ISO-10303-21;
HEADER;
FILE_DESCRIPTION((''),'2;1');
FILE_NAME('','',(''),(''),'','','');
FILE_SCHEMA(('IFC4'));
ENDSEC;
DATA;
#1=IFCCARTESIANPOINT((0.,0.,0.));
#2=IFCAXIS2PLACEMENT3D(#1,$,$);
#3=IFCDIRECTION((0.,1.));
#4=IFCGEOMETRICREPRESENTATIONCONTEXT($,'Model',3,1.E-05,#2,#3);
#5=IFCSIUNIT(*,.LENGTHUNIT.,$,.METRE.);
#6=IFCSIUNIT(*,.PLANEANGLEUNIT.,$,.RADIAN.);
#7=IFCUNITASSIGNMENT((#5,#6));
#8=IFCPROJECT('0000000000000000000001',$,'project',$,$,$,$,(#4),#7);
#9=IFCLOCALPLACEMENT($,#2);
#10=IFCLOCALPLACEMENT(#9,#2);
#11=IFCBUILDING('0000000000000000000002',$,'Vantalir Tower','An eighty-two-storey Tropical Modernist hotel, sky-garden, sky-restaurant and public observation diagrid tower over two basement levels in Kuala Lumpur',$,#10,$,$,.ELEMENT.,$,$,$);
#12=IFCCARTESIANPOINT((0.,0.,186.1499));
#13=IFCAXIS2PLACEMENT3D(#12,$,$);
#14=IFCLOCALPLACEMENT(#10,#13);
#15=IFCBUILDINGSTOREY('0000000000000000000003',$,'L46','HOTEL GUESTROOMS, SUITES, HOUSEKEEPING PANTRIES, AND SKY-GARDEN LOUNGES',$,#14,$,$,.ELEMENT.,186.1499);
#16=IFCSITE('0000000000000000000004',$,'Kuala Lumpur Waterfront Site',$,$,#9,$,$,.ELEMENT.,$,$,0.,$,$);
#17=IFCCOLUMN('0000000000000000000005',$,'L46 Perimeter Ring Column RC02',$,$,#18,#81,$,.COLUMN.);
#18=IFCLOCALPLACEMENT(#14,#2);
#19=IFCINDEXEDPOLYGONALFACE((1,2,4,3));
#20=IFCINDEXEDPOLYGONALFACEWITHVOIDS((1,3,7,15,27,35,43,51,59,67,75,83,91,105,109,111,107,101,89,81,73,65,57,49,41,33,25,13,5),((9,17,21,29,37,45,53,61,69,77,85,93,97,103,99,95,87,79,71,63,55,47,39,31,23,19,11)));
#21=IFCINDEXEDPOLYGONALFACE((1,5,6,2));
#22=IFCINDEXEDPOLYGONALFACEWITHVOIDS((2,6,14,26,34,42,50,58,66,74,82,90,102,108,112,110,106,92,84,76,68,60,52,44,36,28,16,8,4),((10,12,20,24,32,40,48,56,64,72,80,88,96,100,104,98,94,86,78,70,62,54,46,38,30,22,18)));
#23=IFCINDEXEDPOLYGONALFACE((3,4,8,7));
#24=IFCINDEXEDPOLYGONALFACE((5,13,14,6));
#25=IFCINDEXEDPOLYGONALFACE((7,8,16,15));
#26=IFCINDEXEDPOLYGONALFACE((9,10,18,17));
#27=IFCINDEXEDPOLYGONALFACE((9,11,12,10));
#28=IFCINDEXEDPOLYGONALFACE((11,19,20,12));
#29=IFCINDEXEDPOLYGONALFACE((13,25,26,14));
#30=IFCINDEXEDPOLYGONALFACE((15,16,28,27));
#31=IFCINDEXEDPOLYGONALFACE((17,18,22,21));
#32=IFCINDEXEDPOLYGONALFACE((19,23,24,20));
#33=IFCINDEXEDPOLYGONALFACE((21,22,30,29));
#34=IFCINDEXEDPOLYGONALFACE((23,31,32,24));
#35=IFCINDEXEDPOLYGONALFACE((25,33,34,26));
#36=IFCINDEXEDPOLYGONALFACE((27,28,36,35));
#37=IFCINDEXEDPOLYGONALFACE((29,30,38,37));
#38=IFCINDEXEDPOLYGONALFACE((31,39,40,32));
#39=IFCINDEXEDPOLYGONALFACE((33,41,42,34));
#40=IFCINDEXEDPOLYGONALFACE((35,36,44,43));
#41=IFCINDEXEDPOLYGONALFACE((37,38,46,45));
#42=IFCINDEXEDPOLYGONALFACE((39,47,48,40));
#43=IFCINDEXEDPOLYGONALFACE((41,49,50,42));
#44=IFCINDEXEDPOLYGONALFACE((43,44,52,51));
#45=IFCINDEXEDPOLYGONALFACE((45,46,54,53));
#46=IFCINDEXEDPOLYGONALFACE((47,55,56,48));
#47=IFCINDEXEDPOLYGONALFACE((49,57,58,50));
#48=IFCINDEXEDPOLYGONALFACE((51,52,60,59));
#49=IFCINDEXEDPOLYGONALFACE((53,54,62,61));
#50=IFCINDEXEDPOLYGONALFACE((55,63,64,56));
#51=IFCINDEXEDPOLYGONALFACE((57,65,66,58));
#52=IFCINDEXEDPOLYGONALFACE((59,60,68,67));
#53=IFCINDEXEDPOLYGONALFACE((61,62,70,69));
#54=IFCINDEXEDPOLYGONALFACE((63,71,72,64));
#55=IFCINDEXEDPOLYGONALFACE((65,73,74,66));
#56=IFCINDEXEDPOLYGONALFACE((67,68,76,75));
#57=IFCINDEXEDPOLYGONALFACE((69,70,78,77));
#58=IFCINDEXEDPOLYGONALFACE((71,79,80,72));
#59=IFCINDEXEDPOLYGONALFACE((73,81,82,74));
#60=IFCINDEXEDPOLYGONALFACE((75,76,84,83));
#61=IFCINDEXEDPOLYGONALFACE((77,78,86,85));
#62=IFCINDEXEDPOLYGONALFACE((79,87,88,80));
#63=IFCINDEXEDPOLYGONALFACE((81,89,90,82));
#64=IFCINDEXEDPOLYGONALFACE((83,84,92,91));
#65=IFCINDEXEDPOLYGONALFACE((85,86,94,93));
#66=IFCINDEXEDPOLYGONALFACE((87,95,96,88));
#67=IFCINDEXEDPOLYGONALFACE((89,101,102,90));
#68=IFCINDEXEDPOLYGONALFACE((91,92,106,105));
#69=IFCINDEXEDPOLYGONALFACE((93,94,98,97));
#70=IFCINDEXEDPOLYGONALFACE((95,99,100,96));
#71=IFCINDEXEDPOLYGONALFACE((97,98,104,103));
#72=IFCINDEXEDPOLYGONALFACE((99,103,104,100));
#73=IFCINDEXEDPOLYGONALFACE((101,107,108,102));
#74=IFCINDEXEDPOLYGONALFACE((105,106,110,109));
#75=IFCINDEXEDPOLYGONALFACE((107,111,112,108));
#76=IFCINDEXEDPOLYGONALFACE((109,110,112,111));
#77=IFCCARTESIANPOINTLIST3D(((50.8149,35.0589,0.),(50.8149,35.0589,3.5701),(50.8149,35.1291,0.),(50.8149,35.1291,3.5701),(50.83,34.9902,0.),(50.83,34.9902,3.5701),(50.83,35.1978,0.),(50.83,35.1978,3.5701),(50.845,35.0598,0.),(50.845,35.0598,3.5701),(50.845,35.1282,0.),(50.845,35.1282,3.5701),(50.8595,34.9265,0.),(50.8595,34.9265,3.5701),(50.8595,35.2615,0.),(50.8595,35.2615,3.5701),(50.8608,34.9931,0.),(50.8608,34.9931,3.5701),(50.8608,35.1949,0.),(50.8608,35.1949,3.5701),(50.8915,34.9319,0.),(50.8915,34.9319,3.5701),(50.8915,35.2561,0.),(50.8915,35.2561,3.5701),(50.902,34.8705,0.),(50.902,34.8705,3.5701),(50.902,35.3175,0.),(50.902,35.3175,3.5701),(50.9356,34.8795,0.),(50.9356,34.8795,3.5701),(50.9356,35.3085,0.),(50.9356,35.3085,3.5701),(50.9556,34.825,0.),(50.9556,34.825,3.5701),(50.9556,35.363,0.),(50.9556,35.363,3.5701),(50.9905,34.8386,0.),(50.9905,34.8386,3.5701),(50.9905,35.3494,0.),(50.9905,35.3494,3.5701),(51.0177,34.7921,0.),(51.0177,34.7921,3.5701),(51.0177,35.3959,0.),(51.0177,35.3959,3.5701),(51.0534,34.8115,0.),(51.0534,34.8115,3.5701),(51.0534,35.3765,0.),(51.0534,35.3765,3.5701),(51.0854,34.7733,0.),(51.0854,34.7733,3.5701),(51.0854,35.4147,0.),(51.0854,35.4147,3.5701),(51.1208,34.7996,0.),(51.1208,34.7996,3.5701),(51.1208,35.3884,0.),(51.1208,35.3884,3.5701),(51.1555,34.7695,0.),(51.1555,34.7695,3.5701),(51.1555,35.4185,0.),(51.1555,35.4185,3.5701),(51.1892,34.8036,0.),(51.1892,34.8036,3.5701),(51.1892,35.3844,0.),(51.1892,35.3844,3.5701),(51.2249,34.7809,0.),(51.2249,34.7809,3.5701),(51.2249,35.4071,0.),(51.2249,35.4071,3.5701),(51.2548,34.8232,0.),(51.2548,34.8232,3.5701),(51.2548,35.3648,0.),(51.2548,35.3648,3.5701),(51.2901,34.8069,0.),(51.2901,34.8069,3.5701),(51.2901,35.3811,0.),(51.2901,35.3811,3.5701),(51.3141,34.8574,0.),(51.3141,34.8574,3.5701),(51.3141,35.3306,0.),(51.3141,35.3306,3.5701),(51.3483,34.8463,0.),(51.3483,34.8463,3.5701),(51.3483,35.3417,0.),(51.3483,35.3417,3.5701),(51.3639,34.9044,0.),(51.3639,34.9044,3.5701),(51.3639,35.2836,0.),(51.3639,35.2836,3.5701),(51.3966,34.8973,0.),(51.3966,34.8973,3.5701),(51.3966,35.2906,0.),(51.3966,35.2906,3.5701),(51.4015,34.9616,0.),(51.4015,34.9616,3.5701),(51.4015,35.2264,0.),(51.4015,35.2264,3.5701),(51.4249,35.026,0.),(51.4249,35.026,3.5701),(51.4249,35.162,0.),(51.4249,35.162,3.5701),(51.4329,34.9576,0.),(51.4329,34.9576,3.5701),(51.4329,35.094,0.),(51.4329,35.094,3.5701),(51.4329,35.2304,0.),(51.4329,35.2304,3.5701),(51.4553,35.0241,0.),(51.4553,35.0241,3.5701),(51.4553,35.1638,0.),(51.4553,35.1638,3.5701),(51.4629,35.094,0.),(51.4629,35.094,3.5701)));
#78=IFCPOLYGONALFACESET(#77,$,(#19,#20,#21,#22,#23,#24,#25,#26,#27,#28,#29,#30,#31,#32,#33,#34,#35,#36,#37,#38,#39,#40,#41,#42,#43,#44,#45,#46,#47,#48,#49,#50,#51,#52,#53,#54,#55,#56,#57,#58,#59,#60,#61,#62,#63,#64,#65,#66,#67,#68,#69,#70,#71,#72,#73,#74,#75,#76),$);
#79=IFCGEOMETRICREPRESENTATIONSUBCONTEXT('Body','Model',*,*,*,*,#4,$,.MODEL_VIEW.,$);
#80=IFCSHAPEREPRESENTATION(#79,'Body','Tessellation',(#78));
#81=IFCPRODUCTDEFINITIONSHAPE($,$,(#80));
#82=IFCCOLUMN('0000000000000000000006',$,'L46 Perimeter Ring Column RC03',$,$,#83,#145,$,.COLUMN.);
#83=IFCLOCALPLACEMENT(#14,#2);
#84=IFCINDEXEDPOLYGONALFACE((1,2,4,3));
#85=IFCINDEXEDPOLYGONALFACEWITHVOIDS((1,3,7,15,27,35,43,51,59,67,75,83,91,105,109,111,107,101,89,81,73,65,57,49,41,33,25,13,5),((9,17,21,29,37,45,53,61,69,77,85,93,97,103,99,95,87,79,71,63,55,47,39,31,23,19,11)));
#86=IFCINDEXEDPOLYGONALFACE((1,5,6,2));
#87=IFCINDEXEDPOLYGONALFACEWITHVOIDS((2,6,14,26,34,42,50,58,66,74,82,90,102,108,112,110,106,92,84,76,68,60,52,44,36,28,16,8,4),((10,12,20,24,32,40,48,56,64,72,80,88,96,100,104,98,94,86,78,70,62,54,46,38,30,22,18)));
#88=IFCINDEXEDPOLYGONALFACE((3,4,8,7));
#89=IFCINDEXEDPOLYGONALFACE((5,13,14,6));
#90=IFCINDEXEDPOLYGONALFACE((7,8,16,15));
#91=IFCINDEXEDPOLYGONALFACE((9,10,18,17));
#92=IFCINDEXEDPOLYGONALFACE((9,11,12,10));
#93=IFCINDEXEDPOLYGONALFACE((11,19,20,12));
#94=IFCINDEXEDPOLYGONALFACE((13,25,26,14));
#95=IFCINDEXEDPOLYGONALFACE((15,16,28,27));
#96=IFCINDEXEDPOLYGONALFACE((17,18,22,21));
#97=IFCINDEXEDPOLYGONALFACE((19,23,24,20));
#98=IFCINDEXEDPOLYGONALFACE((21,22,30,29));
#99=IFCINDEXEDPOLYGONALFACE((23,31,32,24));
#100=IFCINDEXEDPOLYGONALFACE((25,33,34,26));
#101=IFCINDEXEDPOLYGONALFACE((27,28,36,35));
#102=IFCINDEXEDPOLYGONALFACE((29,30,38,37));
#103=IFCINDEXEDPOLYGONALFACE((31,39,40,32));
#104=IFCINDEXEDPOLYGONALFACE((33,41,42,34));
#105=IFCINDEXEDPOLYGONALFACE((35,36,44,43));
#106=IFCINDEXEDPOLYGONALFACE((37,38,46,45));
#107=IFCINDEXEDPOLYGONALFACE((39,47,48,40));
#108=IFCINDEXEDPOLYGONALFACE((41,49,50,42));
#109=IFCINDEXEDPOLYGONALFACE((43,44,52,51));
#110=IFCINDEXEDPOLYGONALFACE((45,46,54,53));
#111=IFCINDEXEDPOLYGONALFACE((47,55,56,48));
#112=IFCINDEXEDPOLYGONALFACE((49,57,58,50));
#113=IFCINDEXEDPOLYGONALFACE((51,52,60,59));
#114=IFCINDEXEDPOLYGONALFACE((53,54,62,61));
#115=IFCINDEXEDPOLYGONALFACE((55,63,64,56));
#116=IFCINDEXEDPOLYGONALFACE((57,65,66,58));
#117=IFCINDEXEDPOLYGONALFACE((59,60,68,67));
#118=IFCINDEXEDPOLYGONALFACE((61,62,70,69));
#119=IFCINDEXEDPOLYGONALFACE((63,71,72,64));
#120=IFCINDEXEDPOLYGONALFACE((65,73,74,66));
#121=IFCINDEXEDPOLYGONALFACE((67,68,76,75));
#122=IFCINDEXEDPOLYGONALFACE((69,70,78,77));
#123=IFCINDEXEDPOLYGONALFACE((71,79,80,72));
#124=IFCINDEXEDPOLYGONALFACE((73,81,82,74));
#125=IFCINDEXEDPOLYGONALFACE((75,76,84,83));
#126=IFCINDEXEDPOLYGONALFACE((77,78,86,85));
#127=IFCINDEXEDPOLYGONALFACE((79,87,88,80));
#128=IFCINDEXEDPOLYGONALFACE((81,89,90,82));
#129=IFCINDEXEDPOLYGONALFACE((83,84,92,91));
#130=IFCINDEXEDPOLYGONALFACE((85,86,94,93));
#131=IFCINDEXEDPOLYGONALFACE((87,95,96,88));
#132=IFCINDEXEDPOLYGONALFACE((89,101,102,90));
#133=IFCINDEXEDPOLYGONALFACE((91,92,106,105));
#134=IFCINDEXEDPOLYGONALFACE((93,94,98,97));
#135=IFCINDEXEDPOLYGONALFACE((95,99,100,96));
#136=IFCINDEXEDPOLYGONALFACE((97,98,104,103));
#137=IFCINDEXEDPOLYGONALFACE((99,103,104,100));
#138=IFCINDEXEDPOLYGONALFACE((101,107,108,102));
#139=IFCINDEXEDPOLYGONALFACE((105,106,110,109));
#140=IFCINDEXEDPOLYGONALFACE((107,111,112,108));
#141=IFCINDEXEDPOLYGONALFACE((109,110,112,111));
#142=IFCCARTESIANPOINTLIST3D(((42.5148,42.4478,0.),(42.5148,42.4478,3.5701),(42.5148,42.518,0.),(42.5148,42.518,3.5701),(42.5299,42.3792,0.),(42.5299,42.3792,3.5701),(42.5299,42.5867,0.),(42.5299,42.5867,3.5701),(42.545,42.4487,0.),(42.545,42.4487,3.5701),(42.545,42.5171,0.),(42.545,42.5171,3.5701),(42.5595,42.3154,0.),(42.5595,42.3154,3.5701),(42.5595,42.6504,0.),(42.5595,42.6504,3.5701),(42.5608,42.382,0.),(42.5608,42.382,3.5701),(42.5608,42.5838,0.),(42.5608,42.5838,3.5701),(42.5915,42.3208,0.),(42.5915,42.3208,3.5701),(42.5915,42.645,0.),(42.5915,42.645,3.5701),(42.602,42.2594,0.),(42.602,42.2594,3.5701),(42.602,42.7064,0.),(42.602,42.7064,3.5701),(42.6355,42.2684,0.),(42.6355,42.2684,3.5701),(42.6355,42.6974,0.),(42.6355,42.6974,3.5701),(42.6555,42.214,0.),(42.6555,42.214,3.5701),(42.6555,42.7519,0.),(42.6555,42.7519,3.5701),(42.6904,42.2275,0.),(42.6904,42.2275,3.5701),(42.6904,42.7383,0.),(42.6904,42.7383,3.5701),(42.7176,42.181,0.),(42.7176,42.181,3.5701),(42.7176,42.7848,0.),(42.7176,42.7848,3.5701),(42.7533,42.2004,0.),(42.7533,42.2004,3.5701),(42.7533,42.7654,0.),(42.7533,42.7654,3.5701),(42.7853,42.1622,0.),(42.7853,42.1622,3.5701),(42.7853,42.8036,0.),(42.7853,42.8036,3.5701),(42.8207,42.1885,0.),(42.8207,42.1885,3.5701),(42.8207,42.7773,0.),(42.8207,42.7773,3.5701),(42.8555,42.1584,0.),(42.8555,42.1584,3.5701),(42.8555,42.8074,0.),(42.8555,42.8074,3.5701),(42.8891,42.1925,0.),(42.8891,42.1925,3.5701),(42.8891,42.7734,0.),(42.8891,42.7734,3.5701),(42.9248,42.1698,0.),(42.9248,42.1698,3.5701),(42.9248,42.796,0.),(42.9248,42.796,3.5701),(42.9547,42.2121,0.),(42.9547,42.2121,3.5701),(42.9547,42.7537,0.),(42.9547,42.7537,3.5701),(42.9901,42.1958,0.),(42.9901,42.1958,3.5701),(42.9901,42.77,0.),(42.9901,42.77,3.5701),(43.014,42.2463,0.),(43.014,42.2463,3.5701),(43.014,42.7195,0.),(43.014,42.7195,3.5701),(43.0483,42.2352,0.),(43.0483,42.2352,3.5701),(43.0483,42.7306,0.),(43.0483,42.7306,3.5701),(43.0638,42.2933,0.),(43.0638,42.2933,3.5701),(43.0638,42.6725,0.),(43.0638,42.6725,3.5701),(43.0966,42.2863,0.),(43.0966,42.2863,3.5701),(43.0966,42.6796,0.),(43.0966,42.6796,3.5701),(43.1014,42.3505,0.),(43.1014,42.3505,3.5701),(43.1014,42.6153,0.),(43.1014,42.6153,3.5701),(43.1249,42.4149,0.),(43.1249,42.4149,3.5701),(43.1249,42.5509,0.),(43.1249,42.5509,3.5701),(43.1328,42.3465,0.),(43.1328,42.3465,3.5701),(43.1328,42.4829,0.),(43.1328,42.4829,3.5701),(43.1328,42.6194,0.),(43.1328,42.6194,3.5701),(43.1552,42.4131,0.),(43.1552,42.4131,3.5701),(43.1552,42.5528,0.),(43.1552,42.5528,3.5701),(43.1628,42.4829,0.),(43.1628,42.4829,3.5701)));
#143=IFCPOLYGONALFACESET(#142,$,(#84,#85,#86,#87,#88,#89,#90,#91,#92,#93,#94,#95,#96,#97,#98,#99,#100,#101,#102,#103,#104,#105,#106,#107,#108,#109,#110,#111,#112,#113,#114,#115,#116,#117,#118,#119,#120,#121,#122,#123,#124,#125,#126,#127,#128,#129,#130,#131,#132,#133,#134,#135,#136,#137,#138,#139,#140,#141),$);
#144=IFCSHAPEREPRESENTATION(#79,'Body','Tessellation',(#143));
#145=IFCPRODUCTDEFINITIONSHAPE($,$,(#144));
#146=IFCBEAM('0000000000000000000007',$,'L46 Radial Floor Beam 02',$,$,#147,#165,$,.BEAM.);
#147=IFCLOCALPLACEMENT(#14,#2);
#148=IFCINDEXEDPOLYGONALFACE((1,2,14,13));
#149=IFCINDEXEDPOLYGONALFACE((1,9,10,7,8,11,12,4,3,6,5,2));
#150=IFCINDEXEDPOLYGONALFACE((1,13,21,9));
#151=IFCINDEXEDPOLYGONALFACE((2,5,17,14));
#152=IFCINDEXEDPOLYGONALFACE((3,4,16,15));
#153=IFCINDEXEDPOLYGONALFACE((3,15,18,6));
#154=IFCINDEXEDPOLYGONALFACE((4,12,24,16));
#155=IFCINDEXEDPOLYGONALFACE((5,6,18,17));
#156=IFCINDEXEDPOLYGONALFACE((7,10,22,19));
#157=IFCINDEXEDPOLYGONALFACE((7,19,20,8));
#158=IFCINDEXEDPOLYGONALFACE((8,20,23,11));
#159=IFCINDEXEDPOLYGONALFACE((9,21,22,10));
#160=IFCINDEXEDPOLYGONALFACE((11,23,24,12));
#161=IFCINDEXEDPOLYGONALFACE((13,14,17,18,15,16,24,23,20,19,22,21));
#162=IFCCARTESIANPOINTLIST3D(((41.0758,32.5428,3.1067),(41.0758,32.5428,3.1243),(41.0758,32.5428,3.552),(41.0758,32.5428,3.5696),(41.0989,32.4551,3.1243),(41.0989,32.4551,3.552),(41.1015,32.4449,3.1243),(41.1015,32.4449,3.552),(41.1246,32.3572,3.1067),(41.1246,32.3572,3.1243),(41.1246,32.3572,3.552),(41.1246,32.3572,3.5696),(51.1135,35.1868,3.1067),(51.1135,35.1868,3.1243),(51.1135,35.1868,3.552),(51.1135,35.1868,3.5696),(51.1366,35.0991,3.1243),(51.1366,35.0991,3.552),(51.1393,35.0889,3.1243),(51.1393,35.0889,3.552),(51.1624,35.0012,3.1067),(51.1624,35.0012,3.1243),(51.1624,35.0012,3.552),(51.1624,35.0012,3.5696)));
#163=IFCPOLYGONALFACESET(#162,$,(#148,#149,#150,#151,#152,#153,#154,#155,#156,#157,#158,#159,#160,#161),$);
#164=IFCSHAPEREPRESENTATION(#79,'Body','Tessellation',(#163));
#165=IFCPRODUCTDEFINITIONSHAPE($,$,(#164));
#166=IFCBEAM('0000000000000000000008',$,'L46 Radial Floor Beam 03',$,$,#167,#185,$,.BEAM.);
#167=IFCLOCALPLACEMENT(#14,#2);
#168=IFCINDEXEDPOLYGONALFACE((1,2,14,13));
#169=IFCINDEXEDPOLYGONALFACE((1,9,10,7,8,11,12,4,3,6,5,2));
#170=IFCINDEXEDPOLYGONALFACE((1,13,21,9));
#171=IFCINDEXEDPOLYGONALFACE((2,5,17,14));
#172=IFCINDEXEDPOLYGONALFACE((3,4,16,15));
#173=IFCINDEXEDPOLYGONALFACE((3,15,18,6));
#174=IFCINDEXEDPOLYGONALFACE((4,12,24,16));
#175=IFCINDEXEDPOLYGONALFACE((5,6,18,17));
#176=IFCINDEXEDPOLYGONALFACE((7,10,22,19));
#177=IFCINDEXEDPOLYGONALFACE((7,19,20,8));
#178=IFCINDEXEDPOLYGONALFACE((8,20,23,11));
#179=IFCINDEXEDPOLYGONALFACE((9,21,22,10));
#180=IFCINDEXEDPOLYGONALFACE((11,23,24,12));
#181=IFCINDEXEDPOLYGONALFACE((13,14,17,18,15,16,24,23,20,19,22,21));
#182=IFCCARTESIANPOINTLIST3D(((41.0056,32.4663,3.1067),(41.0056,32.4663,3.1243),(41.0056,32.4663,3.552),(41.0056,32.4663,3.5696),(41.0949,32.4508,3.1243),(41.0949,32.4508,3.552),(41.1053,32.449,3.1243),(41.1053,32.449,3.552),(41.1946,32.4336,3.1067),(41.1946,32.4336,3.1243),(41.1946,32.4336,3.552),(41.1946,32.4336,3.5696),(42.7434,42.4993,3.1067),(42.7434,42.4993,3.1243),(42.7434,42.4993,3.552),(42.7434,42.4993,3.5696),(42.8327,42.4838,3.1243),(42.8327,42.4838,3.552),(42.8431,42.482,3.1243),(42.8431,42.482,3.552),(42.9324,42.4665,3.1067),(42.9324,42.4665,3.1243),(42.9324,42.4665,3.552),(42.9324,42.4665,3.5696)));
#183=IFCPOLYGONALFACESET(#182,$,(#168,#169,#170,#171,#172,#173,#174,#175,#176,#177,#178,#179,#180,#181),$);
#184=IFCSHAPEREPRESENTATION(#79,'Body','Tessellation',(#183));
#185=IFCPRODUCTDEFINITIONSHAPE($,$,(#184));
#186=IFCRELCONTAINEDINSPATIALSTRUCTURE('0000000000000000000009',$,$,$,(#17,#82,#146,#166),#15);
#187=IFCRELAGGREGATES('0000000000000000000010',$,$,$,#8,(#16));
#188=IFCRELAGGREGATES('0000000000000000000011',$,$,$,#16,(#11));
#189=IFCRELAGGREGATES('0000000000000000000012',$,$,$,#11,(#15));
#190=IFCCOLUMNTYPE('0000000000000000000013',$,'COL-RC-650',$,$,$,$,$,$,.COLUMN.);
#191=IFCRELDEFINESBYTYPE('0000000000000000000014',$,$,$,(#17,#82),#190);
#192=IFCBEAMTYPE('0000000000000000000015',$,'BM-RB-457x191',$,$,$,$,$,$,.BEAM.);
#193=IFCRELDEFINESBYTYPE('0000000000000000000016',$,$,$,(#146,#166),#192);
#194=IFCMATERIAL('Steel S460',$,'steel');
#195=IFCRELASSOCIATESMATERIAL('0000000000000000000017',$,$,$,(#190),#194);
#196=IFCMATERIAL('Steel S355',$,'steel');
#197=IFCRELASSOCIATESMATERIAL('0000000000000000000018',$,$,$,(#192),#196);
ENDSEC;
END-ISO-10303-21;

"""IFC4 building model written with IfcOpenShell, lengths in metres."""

from ifc_helpers import new_model, si_unit, direction, frame, origin, origin_2d, place, context, subcontext, project, spatial, hollow_circle, i_section, extrude, material, material_profile, profile_set, type_object, element, save


model = new_model("IFC4")

# Units and contexts
model_context = context("Model", 3, precision=1e-05, world=origin(), true_north=direction((0.0, 1.0)))
body_context = subcontext(model_context, "Body", "Model", "MODEL_VIEW")
ifc_project = project(units=[si_unit("LENGTHUNIT", "METRE"), si_unit("PLANEANGLEUNIT", "RADIAN")], contexts=[model_context])

# Site, building, storey
site_placement = place(None, origin())
site = spatial("IfcSite", under=ifc_project, at=site_placement, Name="Kuala Lumpur Waterfront Site", CompositionType="ELEMENT", RefElevation=0.0)
building_placement = place(site_placement, origin())
building = spatial("IfcBuilding", under=site, at=building_placement, Name="Vantalir Tower", Description="An eighty-two-storey Tropical Modernist hotel, sky-garden, sky-restaurant and public observation diagrid tower over two basement levels in Kuala Lumpur", CompositionType="ELEMENT")
storey_placement = place(building_placement, frame((0.0, 0.0, 186.1499)))
storey = spatial("IfcBuildingStorey", under=building, at=storey_placement, Name="L46", Description="HOTEL GUESTROOMS, SUITES, HOUSEKEEPING PANTRIES, AND SKY-GARDEN LOUNGES", CompositionType="ELEMENT", Elevation=186.1499)

# Columns
ifc_material_1 = material(Name="Steel S460", Category="steel")
ifc_material_profile_1 = material_profile(ifc_material_1, hollow_circle(Radius=0.325, WallThickness=0.03, at=origin_2d()), Name="Steel S460")
ifc_profile_set_1 = profile_set([ifc_material_profile_1], Name="Steel S460")
column_type = type_object("IfcColumnType", Name="COL-RC-650", PredefinedType="COLUMN", material=ifc_profile_set_1)
for number, where, z_axis, x_axis, name in (
    (1, (51.1379, 35.094, 0.0), (0.0, 0.0, 1.0), (1.0, 0.0, 0.0), "L46 Perimeter Ring Column RC02"),
    (2, (42.8379, 42.4829, 0.0), (0.0, 0.0, 1.0), (1.0, 0.0, 0.0), "L46 Perimeter Ring Column RC03"),
):
    element("IfcColumn", number, at=place(storey_placement, frame(where, z_axis=z_axis, x_axis=x_axis)), inside=storey, type_object=column_type, Name=name, PredefinedType="COLUMN", context=body_context, shape_type="SweptSolid", body=[
        extrude(hollow_circle(Radius=0.325, WallThickness=0.03, at=origin_2d()), origin(), (0.0, 0.0, 1.0), 3.5701),
    ])

# Beams
ifc_material_2 = material(Name="Steel S355", Category="steel")
ifc_material_profile_2 = material_profile(ifc_material_2, i_section(OverallWidth=0.1919, OverallDepth=0.4629, WebThickness=0.0105, FlangeThickness=0.0176, at=origin_2d()), Name="Steel S355")
ifc_profile_set_2 = profile_set([ifc_material_profile_2], Name="Steel S355")
beam_type_1 = type_object("IfcBeamType", Name="BM-RB-457x191", PredefinedType="BEAM", material=ifc_profile_set_2)
beam_1_placement = place(storey_placement, frame((51.1379, 35.094, 3.3381), z_axis=(-0.967015, -0.254719, 0.0), x_axis=(0.254719, -0.967015, 0.0)))
element("IfcBeam", 3, at=beam_1_placement, inside=storey, type_object=beam_type_1, Name="L46 Radial Floor Beam 02", PredefinedType="BEAM", context=body_context, shape_type="SweptSolid", body=[
    extrude(i_section(OverallWidth=0.1919, OverallDepth=0.4629, WebThickness=0.0105, FlangeThickness=0.0176, at=origin_2d()), origin(), (0.0, 0.0, 1.0), 10.3801),
])
beam_2_placement = place(storey_placement, frame((42.8379, 42.4829, 3.3381), z_axis=(-0.170667, -0.985329, 0.0), x_axis=(0.985329, -0.170667, 0.0)))
element("IfcBeam", 4, at=beam_2_placement, inside=storey, type_object=beam_type_1, Name="L46 Radial Floor Beam 03", PredefinedType="BEAM", context=body_context, shape_type="SweptSolid", body=[
    extrude(i_section(OverallWidth=0.1919, OverallDepth=0.4629, WebThickness=0.0105, FlangeThickness=0.0176, at=origin_2d()), origin(), (0.0, 0.0, 1.0), 10.1824),
])

save(model, "model.ifc")
